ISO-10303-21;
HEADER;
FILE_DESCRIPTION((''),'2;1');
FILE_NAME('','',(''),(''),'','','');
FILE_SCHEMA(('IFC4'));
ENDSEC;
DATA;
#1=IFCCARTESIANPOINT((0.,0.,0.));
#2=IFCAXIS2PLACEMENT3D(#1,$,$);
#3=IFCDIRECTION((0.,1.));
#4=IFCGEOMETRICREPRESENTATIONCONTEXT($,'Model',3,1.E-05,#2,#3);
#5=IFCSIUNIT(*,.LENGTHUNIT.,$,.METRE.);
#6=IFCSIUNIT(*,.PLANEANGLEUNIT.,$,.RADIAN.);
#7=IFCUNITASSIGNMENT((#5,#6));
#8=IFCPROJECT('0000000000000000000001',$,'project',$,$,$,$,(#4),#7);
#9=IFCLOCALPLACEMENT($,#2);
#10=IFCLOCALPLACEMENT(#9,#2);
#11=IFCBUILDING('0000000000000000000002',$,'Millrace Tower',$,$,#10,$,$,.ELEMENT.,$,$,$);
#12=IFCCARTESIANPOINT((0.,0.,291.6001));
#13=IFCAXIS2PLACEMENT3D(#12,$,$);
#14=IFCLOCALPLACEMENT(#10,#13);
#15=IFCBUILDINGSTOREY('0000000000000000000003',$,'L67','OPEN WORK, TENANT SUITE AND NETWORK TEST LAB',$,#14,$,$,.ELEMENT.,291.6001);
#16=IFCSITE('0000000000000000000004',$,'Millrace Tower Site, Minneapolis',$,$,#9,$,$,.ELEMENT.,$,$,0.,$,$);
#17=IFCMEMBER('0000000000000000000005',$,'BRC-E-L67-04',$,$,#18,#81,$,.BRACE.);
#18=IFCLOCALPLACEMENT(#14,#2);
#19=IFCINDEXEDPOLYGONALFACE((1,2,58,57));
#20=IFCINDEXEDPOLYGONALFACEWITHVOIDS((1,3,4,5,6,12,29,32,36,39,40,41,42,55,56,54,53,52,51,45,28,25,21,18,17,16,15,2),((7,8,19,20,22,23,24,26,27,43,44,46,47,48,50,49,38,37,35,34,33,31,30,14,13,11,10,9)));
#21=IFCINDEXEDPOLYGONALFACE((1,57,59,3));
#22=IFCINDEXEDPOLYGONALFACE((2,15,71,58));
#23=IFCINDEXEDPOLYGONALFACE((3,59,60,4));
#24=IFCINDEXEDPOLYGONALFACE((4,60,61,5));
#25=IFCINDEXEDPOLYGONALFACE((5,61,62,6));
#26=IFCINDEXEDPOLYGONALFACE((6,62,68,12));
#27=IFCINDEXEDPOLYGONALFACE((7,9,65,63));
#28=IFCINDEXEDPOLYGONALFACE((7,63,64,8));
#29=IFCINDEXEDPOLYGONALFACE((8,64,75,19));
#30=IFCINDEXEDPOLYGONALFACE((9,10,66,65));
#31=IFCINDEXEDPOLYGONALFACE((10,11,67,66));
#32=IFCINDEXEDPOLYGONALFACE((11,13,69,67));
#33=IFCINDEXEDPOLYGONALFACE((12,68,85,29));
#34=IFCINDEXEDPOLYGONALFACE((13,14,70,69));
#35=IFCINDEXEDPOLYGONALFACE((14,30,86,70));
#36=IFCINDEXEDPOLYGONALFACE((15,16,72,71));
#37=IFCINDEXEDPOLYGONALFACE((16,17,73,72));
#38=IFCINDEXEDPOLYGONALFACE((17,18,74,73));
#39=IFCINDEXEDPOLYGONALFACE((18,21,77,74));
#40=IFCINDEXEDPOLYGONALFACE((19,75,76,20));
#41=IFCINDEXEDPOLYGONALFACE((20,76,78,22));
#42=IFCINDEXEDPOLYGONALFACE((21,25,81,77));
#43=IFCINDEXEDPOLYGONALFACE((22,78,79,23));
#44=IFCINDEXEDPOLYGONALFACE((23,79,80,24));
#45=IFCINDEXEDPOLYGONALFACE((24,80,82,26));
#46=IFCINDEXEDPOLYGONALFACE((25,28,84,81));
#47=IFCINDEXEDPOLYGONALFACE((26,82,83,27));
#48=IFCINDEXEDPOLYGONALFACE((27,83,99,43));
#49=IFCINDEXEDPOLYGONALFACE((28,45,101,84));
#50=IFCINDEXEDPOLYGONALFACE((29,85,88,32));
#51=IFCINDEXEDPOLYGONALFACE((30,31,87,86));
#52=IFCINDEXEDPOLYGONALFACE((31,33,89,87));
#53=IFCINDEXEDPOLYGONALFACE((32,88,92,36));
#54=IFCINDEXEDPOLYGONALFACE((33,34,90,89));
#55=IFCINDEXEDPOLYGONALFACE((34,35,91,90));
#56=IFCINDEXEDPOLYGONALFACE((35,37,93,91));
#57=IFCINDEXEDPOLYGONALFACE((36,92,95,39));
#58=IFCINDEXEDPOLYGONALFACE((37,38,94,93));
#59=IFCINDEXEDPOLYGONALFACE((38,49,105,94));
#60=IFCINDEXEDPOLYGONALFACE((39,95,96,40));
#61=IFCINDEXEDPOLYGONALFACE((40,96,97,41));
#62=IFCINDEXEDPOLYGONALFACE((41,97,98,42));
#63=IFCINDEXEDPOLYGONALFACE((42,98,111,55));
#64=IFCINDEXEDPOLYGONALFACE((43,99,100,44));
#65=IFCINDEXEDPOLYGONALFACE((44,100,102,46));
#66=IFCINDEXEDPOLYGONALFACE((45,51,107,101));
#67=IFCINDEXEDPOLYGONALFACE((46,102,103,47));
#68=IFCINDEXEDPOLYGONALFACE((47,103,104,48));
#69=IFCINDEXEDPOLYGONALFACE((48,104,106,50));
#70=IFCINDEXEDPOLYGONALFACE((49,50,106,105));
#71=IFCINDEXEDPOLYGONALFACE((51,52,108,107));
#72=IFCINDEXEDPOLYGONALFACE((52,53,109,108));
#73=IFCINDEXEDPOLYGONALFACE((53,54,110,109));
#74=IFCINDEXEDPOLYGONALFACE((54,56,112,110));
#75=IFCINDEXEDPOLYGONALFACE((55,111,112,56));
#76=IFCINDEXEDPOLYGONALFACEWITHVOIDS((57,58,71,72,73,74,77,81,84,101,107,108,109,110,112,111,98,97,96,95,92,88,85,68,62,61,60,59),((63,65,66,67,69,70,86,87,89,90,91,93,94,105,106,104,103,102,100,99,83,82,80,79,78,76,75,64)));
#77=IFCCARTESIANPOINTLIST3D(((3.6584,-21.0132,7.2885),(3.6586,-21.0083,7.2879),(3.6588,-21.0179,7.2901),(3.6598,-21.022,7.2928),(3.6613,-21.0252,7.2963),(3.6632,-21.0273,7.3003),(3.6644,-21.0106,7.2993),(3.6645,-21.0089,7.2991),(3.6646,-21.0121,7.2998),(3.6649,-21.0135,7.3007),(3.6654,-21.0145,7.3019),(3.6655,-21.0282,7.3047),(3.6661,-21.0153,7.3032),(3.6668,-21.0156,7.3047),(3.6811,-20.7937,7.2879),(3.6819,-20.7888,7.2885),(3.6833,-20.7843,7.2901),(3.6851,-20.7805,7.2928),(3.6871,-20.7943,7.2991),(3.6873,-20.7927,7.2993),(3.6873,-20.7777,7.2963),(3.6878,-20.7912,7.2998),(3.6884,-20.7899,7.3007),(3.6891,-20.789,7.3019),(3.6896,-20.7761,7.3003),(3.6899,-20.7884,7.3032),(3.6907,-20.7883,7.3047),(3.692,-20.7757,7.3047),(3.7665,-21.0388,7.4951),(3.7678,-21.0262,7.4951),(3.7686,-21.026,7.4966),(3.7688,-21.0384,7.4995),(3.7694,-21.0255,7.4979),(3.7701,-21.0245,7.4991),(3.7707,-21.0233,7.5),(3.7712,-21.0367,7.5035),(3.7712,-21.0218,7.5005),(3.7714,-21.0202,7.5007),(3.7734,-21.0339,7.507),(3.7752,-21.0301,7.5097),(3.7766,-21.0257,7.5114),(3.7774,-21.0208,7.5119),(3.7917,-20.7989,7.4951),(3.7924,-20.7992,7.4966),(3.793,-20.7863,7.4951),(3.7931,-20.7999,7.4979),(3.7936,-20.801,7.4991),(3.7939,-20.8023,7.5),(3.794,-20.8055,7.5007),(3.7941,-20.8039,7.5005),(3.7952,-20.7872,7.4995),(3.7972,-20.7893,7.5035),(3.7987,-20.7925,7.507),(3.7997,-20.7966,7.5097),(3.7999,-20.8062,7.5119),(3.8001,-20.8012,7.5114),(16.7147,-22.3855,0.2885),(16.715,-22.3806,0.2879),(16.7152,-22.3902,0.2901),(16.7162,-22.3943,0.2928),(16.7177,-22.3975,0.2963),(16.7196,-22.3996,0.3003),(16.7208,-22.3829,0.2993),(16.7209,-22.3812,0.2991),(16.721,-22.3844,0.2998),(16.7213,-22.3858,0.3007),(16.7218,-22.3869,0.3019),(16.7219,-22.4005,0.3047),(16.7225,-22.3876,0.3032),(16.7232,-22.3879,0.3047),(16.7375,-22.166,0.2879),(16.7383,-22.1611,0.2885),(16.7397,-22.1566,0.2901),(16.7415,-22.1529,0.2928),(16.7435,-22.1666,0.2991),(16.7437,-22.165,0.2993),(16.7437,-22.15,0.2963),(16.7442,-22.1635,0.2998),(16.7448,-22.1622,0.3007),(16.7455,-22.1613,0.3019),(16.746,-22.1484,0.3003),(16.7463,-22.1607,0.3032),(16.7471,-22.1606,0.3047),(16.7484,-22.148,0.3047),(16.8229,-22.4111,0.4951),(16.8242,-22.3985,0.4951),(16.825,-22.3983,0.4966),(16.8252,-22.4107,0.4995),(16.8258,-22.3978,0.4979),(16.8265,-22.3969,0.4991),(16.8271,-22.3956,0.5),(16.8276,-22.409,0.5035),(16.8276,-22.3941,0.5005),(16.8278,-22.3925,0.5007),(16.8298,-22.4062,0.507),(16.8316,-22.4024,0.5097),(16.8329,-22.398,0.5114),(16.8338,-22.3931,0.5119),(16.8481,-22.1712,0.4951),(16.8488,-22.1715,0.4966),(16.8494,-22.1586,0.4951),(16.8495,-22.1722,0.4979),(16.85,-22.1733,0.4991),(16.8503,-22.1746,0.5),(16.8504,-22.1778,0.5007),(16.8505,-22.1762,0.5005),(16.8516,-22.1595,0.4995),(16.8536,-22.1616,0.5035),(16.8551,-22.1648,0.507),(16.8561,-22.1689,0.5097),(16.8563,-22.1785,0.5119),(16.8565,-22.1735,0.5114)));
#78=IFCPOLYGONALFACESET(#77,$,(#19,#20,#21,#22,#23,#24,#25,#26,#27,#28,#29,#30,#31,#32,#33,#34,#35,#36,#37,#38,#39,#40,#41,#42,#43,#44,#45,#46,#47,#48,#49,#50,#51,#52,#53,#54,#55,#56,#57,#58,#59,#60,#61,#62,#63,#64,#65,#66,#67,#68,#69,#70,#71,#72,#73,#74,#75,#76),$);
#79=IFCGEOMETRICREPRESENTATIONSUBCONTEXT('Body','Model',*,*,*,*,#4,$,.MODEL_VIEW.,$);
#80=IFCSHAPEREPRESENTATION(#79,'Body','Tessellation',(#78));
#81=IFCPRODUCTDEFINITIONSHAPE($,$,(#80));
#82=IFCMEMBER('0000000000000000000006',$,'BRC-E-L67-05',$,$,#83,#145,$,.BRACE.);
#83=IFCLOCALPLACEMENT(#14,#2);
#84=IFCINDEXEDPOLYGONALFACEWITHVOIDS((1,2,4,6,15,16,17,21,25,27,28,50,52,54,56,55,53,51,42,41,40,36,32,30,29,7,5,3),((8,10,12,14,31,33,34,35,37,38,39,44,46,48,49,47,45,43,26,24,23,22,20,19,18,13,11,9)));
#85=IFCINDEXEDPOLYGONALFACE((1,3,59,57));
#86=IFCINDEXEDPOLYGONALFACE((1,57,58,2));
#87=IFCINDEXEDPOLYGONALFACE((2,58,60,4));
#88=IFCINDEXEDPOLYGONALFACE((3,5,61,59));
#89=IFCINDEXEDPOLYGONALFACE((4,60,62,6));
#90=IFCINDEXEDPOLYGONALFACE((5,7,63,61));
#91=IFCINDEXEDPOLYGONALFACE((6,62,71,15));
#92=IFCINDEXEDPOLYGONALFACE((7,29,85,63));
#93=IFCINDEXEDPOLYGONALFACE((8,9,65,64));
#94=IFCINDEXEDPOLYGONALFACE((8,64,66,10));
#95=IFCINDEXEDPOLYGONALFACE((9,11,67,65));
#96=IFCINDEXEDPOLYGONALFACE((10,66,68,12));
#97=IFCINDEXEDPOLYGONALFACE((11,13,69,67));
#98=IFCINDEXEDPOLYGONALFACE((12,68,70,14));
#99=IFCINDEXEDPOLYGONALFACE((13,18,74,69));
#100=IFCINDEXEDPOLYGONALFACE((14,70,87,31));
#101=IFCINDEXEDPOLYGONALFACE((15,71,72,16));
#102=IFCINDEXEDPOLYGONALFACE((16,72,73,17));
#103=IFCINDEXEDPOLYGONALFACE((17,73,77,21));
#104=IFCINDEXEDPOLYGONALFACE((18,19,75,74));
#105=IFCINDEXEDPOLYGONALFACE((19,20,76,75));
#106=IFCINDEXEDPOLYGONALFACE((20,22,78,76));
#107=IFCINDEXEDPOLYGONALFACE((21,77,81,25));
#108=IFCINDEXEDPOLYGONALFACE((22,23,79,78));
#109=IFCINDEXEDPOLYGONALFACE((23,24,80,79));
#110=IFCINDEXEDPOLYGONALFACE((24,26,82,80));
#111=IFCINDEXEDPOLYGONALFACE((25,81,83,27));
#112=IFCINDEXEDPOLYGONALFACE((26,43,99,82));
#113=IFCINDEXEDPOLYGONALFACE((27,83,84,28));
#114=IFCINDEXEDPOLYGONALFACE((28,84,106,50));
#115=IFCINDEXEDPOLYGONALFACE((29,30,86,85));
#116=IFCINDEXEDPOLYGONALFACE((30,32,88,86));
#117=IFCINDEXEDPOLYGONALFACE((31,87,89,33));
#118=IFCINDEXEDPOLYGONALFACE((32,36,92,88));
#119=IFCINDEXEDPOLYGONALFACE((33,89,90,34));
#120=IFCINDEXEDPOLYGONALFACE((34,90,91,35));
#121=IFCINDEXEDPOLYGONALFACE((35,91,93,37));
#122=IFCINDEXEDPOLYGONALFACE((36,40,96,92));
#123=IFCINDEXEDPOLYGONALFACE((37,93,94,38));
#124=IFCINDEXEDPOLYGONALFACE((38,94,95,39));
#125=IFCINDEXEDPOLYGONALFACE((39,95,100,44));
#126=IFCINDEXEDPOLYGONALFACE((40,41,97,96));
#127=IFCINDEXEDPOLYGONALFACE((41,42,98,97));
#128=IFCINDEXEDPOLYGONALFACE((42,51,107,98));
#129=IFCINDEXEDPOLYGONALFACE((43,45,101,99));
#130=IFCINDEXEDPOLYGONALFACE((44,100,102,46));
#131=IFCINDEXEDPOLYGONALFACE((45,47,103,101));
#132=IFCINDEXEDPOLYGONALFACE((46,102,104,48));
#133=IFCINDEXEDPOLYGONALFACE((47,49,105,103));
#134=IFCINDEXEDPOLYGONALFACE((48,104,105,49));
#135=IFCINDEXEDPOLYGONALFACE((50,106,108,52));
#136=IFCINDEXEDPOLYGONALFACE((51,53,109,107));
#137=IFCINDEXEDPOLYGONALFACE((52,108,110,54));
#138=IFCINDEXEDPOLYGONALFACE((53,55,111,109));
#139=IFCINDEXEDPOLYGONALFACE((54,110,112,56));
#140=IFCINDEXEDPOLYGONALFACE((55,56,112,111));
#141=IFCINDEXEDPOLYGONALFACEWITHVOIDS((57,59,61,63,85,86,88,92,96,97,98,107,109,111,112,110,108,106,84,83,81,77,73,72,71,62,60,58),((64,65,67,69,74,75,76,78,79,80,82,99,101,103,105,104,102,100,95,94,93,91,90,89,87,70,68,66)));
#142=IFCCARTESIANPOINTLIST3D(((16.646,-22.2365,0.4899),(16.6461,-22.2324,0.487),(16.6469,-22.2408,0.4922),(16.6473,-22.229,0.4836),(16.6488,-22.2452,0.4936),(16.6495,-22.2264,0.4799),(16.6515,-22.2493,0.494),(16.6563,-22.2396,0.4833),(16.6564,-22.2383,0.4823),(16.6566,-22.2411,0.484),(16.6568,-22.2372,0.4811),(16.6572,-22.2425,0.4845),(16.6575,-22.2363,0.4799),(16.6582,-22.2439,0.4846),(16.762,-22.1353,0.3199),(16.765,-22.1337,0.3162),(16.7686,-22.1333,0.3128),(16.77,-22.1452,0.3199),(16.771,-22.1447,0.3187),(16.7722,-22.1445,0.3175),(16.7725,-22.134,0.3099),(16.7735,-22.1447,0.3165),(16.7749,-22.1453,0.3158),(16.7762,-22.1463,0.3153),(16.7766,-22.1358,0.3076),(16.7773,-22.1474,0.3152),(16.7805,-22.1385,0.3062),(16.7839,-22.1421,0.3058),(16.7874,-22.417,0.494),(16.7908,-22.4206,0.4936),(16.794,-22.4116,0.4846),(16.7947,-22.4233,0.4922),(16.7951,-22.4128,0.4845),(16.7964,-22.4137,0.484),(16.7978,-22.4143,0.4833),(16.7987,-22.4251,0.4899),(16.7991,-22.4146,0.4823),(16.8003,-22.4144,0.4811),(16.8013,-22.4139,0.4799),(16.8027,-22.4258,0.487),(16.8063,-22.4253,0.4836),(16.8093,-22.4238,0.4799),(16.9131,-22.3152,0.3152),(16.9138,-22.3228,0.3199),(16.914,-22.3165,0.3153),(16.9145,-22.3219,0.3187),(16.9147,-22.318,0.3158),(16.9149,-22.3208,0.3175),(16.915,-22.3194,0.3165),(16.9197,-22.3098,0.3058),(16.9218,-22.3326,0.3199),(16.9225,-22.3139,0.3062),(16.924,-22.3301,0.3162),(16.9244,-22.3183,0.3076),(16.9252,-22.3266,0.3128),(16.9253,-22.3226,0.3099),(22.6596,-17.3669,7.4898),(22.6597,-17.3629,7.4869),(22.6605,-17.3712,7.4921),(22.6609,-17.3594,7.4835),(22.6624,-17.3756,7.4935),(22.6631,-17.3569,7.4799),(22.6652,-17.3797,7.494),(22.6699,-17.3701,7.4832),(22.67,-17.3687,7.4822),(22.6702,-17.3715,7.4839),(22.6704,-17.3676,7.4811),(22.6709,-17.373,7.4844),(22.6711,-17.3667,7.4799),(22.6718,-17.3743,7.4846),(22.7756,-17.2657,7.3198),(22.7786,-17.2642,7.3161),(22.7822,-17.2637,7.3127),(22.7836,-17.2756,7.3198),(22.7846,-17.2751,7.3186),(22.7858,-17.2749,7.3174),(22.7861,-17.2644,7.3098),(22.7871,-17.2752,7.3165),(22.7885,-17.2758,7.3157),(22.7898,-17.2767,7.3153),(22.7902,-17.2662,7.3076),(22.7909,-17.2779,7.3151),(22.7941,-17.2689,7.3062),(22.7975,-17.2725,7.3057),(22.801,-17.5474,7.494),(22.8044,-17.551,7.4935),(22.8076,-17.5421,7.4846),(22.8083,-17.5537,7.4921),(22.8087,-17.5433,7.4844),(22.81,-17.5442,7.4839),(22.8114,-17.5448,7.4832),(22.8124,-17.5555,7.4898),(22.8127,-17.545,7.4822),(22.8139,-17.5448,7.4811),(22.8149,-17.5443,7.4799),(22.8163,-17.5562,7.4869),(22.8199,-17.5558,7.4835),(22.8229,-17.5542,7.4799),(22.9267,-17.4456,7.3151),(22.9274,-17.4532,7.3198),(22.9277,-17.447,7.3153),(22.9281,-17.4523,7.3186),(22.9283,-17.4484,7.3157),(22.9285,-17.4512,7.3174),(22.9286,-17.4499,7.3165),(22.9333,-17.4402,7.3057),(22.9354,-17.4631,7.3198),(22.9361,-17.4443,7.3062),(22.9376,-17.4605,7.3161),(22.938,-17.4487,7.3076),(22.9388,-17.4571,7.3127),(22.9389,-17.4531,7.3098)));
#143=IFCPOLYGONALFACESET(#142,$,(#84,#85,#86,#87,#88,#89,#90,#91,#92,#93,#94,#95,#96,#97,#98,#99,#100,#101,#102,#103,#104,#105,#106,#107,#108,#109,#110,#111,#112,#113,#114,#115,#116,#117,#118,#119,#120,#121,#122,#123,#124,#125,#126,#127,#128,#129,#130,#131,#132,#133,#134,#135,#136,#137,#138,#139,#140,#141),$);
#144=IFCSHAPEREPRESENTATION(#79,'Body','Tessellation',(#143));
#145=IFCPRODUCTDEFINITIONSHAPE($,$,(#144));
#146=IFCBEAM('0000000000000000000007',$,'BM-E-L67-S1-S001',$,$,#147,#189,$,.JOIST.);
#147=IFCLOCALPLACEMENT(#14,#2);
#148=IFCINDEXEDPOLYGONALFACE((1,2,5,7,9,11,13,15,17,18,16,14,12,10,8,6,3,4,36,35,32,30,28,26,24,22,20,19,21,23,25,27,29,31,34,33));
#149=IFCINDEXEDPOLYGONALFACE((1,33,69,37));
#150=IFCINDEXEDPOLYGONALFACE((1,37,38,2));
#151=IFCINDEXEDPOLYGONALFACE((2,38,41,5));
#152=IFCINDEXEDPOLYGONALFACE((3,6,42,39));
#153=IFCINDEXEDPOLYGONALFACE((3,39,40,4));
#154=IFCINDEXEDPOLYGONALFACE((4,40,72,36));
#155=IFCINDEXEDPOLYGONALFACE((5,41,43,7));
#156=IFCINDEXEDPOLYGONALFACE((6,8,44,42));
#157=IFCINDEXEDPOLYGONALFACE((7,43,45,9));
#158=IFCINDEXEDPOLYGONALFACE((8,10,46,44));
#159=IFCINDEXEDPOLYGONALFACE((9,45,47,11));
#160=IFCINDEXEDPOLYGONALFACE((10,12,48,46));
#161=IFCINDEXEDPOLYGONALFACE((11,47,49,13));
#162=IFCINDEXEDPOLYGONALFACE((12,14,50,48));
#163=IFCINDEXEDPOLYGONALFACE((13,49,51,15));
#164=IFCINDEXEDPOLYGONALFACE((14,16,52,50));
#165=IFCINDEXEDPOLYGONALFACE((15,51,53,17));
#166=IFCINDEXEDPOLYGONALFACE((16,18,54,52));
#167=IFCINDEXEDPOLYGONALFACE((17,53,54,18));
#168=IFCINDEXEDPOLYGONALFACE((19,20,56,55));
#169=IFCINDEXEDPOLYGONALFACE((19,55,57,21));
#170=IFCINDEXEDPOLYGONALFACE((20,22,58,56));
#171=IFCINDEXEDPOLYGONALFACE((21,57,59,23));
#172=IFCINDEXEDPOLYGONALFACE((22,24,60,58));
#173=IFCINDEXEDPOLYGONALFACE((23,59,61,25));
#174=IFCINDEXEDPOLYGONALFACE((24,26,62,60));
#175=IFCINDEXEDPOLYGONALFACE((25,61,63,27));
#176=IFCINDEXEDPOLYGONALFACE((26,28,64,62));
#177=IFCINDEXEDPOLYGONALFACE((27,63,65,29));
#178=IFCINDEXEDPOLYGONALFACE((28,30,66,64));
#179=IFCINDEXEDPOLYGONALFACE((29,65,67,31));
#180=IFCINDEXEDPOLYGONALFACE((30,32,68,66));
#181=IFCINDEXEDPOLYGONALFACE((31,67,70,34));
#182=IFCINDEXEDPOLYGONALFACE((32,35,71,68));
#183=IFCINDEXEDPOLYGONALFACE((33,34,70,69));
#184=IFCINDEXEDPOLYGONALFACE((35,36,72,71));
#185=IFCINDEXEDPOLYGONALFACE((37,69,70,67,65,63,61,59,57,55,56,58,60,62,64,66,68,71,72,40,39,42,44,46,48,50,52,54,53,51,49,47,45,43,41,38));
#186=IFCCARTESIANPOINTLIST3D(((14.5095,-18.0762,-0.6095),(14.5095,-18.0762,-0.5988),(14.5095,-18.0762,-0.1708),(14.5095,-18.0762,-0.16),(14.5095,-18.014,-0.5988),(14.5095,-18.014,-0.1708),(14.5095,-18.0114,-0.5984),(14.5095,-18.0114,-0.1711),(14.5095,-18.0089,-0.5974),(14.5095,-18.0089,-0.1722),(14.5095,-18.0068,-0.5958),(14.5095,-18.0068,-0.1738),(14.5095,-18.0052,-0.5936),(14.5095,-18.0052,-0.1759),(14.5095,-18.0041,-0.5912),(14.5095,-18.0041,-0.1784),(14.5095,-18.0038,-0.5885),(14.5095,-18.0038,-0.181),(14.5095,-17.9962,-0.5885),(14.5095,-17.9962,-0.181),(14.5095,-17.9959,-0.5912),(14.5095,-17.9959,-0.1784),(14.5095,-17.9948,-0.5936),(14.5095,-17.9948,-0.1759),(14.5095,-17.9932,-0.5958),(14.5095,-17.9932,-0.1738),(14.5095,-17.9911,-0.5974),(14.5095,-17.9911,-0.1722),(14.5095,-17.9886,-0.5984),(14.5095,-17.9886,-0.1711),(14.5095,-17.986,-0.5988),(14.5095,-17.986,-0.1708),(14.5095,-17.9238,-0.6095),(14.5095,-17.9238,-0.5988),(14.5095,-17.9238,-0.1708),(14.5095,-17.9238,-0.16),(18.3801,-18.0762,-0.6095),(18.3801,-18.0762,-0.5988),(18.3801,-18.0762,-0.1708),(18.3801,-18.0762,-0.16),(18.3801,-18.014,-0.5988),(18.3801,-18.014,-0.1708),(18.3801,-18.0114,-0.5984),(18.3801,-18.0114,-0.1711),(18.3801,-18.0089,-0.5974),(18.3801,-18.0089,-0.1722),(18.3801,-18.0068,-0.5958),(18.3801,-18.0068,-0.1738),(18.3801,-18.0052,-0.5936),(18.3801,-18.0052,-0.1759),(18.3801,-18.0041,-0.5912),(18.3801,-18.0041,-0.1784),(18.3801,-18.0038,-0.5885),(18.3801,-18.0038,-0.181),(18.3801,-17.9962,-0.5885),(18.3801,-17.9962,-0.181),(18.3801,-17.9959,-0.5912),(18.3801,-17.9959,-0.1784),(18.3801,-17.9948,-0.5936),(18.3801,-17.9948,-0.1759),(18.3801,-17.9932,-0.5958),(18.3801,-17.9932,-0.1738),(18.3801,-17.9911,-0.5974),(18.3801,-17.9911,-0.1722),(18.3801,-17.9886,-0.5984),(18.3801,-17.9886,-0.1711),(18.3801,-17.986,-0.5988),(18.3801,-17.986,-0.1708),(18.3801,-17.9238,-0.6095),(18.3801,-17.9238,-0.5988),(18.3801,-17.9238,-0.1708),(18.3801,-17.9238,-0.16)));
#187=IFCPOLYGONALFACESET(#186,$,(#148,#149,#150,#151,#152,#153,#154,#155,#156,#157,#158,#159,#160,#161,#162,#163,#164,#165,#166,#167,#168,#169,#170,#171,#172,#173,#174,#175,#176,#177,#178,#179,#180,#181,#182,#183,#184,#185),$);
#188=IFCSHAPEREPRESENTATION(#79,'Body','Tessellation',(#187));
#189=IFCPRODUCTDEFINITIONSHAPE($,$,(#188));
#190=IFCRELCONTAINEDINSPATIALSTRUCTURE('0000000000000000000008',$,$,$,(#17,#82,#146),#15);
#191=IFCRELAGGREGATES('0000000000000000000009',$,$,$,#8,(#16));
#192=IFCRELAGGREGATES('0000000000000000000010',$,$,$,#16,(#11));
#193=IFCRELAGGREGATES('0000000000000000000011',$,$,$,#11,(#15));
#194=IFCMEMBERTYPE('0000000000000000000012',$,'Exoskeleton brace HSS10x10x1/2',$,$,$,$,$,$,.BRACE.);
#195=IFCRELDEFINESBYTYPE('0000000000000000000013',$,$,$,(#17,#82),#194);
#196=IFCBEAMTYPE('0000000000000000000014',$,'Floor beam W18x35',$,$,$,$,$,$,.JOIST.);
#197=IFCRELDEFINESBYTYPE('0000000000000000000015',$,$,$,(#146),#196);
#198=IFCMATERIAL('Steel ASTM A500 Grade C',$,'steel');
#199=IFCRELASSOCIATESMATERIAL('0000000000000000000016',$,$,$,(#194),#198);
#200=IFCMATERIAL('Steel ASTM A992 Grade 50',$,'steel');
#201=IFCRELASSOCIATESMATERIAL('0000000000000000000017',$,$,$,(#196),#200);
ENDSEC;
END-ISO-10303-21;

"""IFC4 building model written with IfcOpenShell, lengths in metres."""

from ifc_helpers import new_model, si_unit, direction, frame, origin, origin_2d, place, context, subcontext, project, spatial, hollow_rectangle, i_section, extrude, material, material_profile, profile_set, type_object, element, save


model = new_model("IFC4")

# Units and contexts
model_context = context("Model", 3, precision=1e-05, world=origin(), true_north=direction((0.0, 1.0)))
body_context = subcontext(model_context, "Body", "Model", "MODEL_VIEW")
ifc_project = project(units=[si_unit("LENGTHUNIT", "METRE"), si_unit("PLANEANGLEUNIT", "RADIAN")], contexts=[model_context])

# Site, building, storey
site_placement = place(None, origin())
site = spatial("IfcSite", under=ifc_project, at=site_placement, Name="Millrace Tower Site, Minneapolis", CompositionType="ELEMENT", RefElevation=0.0)
building_placement = place(site_placement, origin())
building = spatial("IfcBuilding", under=site, at=building_placement, Name="Millrace Tower", CompositionType="ELEMENT")
storey_placement = place(building_placement, frame((0.0, 0.0, 291.6001)))
storey = spatial("IfcBuildingStorey", under=building, at=storey_placement, Name="L67", Description="OPEN WORK, TENANT SUITE AND NETWORK TEST LAB", CompositionType="ELEMENT", Elevation=291.6001)

# Members
ifc_material_1 = material(Name="Steel ASTM A500 Grade C", Category="steel")
ifc_material_profile_1 = material_profile(ifc_material_1, hollow_rectangle(XDim=0.2539, YDim=0.2539, WallThickness=0.0127, InnerFilletRadius=0.0063, OuterFilletRadius=0.019, at=origin_2d()))
ifc_profile_set_1 = profile_set([ifc_material_profile_1], Name="Steel ASTM A500 Grade C")
member_type_1 = type_object("IfcMemberType", Name="Exoskeleton brace HSS10x10x1/2", PredefinedType="BRACE", material=ifc_profile_set_1)
member_1_placement = place(storey_placement, frame((16.7856, -22.2795, 0.3999), z_axis=(-0.877568, 0.092238, 0.470496), x_axis=(-0.104531, -0.994522, 0.0)))
element("IfcMember", 1, at=member_1_placement, inside=storey, type_object=member_type_1, Name="BRC-E-L67-04", PredefinedType="BRACE", context=body_context, shape_type="SweptSolid", body=[
    extrude(hollow_rectangle(XDim=0.2539, YDim=0.2539, WallThickness=0.0127, InnerFilletRadius=0.0063, OuterFilletRadius=0.019, at=origin_2d()), origin(), (0.0, 0.0, 1.0), 14.8779),
])
member_2_placement = place(storey_placement, frame((16.7856, -22.2795, 0.3999), z_axis=(0.576329, 0.466688, 0.670855), x_axis=(-0.629309, 0.777155, 0.0)))
element("IfcMember", 2, at=member_2_placement, inside=storey, type_object=member_type_1, Name="BRC-E-L67-05", PredefinedType="BRACE", context=body_context, shape_type="SweptSolid", body=[
    extrude(hollow_rectangle(XDim=0.2539, YDim=0.2539, WallThickness=0.0127, InnerFilletRadius=0.0063, OuterFilletRadius=0.019, at=origin_2d()), origin(), (0.0, 0.0, 1.0), 10.4343),
])

# Beam
ifc_material_2 = material(Name="Steel ASTM A992 Grade 50", Category="steel")
ifc_material_profile_2 = material_profile(ifc_material_2, i_section(OverallWidth=0.1523, OverallDepth=0.4495, WebThickness=0.0076, FlangeThickness=0.0107, FilletRadius=0.0103, at=origin_2d()))
ifc_profile_set_2 = profile_set([ifc_material_profile_2], Name="Steel ASTM A992 Grade 50")
beam_type_1 = type_object("IfcBeamType", Name="Floor beam W18x35", PredefinedType="JOIST", material=ifc_profile_set_2)
beam_1_placement = place(storey_placement, frame((14.5095, -18.0, -0.3848), z_axis=(1.0, 0.0, 0.0), x_axis=(0.0, 1.0, 0.0)))
element("IfcBeam", 3, at=beam_1_placement, inside=storey, type_object=beam_type_1, Name="BM-E-L67-S1-S001", PredefinedType="JOIST", context=body_context, shape_type="SweptSolid", body=[
    extrude(i_section(OverallWidth=0.1523, OverallDepth=0.4495, WebThickness=0.0076, FlangeThickness=0.0107, FilletRadius=0.0103, at=origin_2d()), origin(), (0.0, 0.0, 1.0), 3.8706),
])

save(model, "model.ifc")
